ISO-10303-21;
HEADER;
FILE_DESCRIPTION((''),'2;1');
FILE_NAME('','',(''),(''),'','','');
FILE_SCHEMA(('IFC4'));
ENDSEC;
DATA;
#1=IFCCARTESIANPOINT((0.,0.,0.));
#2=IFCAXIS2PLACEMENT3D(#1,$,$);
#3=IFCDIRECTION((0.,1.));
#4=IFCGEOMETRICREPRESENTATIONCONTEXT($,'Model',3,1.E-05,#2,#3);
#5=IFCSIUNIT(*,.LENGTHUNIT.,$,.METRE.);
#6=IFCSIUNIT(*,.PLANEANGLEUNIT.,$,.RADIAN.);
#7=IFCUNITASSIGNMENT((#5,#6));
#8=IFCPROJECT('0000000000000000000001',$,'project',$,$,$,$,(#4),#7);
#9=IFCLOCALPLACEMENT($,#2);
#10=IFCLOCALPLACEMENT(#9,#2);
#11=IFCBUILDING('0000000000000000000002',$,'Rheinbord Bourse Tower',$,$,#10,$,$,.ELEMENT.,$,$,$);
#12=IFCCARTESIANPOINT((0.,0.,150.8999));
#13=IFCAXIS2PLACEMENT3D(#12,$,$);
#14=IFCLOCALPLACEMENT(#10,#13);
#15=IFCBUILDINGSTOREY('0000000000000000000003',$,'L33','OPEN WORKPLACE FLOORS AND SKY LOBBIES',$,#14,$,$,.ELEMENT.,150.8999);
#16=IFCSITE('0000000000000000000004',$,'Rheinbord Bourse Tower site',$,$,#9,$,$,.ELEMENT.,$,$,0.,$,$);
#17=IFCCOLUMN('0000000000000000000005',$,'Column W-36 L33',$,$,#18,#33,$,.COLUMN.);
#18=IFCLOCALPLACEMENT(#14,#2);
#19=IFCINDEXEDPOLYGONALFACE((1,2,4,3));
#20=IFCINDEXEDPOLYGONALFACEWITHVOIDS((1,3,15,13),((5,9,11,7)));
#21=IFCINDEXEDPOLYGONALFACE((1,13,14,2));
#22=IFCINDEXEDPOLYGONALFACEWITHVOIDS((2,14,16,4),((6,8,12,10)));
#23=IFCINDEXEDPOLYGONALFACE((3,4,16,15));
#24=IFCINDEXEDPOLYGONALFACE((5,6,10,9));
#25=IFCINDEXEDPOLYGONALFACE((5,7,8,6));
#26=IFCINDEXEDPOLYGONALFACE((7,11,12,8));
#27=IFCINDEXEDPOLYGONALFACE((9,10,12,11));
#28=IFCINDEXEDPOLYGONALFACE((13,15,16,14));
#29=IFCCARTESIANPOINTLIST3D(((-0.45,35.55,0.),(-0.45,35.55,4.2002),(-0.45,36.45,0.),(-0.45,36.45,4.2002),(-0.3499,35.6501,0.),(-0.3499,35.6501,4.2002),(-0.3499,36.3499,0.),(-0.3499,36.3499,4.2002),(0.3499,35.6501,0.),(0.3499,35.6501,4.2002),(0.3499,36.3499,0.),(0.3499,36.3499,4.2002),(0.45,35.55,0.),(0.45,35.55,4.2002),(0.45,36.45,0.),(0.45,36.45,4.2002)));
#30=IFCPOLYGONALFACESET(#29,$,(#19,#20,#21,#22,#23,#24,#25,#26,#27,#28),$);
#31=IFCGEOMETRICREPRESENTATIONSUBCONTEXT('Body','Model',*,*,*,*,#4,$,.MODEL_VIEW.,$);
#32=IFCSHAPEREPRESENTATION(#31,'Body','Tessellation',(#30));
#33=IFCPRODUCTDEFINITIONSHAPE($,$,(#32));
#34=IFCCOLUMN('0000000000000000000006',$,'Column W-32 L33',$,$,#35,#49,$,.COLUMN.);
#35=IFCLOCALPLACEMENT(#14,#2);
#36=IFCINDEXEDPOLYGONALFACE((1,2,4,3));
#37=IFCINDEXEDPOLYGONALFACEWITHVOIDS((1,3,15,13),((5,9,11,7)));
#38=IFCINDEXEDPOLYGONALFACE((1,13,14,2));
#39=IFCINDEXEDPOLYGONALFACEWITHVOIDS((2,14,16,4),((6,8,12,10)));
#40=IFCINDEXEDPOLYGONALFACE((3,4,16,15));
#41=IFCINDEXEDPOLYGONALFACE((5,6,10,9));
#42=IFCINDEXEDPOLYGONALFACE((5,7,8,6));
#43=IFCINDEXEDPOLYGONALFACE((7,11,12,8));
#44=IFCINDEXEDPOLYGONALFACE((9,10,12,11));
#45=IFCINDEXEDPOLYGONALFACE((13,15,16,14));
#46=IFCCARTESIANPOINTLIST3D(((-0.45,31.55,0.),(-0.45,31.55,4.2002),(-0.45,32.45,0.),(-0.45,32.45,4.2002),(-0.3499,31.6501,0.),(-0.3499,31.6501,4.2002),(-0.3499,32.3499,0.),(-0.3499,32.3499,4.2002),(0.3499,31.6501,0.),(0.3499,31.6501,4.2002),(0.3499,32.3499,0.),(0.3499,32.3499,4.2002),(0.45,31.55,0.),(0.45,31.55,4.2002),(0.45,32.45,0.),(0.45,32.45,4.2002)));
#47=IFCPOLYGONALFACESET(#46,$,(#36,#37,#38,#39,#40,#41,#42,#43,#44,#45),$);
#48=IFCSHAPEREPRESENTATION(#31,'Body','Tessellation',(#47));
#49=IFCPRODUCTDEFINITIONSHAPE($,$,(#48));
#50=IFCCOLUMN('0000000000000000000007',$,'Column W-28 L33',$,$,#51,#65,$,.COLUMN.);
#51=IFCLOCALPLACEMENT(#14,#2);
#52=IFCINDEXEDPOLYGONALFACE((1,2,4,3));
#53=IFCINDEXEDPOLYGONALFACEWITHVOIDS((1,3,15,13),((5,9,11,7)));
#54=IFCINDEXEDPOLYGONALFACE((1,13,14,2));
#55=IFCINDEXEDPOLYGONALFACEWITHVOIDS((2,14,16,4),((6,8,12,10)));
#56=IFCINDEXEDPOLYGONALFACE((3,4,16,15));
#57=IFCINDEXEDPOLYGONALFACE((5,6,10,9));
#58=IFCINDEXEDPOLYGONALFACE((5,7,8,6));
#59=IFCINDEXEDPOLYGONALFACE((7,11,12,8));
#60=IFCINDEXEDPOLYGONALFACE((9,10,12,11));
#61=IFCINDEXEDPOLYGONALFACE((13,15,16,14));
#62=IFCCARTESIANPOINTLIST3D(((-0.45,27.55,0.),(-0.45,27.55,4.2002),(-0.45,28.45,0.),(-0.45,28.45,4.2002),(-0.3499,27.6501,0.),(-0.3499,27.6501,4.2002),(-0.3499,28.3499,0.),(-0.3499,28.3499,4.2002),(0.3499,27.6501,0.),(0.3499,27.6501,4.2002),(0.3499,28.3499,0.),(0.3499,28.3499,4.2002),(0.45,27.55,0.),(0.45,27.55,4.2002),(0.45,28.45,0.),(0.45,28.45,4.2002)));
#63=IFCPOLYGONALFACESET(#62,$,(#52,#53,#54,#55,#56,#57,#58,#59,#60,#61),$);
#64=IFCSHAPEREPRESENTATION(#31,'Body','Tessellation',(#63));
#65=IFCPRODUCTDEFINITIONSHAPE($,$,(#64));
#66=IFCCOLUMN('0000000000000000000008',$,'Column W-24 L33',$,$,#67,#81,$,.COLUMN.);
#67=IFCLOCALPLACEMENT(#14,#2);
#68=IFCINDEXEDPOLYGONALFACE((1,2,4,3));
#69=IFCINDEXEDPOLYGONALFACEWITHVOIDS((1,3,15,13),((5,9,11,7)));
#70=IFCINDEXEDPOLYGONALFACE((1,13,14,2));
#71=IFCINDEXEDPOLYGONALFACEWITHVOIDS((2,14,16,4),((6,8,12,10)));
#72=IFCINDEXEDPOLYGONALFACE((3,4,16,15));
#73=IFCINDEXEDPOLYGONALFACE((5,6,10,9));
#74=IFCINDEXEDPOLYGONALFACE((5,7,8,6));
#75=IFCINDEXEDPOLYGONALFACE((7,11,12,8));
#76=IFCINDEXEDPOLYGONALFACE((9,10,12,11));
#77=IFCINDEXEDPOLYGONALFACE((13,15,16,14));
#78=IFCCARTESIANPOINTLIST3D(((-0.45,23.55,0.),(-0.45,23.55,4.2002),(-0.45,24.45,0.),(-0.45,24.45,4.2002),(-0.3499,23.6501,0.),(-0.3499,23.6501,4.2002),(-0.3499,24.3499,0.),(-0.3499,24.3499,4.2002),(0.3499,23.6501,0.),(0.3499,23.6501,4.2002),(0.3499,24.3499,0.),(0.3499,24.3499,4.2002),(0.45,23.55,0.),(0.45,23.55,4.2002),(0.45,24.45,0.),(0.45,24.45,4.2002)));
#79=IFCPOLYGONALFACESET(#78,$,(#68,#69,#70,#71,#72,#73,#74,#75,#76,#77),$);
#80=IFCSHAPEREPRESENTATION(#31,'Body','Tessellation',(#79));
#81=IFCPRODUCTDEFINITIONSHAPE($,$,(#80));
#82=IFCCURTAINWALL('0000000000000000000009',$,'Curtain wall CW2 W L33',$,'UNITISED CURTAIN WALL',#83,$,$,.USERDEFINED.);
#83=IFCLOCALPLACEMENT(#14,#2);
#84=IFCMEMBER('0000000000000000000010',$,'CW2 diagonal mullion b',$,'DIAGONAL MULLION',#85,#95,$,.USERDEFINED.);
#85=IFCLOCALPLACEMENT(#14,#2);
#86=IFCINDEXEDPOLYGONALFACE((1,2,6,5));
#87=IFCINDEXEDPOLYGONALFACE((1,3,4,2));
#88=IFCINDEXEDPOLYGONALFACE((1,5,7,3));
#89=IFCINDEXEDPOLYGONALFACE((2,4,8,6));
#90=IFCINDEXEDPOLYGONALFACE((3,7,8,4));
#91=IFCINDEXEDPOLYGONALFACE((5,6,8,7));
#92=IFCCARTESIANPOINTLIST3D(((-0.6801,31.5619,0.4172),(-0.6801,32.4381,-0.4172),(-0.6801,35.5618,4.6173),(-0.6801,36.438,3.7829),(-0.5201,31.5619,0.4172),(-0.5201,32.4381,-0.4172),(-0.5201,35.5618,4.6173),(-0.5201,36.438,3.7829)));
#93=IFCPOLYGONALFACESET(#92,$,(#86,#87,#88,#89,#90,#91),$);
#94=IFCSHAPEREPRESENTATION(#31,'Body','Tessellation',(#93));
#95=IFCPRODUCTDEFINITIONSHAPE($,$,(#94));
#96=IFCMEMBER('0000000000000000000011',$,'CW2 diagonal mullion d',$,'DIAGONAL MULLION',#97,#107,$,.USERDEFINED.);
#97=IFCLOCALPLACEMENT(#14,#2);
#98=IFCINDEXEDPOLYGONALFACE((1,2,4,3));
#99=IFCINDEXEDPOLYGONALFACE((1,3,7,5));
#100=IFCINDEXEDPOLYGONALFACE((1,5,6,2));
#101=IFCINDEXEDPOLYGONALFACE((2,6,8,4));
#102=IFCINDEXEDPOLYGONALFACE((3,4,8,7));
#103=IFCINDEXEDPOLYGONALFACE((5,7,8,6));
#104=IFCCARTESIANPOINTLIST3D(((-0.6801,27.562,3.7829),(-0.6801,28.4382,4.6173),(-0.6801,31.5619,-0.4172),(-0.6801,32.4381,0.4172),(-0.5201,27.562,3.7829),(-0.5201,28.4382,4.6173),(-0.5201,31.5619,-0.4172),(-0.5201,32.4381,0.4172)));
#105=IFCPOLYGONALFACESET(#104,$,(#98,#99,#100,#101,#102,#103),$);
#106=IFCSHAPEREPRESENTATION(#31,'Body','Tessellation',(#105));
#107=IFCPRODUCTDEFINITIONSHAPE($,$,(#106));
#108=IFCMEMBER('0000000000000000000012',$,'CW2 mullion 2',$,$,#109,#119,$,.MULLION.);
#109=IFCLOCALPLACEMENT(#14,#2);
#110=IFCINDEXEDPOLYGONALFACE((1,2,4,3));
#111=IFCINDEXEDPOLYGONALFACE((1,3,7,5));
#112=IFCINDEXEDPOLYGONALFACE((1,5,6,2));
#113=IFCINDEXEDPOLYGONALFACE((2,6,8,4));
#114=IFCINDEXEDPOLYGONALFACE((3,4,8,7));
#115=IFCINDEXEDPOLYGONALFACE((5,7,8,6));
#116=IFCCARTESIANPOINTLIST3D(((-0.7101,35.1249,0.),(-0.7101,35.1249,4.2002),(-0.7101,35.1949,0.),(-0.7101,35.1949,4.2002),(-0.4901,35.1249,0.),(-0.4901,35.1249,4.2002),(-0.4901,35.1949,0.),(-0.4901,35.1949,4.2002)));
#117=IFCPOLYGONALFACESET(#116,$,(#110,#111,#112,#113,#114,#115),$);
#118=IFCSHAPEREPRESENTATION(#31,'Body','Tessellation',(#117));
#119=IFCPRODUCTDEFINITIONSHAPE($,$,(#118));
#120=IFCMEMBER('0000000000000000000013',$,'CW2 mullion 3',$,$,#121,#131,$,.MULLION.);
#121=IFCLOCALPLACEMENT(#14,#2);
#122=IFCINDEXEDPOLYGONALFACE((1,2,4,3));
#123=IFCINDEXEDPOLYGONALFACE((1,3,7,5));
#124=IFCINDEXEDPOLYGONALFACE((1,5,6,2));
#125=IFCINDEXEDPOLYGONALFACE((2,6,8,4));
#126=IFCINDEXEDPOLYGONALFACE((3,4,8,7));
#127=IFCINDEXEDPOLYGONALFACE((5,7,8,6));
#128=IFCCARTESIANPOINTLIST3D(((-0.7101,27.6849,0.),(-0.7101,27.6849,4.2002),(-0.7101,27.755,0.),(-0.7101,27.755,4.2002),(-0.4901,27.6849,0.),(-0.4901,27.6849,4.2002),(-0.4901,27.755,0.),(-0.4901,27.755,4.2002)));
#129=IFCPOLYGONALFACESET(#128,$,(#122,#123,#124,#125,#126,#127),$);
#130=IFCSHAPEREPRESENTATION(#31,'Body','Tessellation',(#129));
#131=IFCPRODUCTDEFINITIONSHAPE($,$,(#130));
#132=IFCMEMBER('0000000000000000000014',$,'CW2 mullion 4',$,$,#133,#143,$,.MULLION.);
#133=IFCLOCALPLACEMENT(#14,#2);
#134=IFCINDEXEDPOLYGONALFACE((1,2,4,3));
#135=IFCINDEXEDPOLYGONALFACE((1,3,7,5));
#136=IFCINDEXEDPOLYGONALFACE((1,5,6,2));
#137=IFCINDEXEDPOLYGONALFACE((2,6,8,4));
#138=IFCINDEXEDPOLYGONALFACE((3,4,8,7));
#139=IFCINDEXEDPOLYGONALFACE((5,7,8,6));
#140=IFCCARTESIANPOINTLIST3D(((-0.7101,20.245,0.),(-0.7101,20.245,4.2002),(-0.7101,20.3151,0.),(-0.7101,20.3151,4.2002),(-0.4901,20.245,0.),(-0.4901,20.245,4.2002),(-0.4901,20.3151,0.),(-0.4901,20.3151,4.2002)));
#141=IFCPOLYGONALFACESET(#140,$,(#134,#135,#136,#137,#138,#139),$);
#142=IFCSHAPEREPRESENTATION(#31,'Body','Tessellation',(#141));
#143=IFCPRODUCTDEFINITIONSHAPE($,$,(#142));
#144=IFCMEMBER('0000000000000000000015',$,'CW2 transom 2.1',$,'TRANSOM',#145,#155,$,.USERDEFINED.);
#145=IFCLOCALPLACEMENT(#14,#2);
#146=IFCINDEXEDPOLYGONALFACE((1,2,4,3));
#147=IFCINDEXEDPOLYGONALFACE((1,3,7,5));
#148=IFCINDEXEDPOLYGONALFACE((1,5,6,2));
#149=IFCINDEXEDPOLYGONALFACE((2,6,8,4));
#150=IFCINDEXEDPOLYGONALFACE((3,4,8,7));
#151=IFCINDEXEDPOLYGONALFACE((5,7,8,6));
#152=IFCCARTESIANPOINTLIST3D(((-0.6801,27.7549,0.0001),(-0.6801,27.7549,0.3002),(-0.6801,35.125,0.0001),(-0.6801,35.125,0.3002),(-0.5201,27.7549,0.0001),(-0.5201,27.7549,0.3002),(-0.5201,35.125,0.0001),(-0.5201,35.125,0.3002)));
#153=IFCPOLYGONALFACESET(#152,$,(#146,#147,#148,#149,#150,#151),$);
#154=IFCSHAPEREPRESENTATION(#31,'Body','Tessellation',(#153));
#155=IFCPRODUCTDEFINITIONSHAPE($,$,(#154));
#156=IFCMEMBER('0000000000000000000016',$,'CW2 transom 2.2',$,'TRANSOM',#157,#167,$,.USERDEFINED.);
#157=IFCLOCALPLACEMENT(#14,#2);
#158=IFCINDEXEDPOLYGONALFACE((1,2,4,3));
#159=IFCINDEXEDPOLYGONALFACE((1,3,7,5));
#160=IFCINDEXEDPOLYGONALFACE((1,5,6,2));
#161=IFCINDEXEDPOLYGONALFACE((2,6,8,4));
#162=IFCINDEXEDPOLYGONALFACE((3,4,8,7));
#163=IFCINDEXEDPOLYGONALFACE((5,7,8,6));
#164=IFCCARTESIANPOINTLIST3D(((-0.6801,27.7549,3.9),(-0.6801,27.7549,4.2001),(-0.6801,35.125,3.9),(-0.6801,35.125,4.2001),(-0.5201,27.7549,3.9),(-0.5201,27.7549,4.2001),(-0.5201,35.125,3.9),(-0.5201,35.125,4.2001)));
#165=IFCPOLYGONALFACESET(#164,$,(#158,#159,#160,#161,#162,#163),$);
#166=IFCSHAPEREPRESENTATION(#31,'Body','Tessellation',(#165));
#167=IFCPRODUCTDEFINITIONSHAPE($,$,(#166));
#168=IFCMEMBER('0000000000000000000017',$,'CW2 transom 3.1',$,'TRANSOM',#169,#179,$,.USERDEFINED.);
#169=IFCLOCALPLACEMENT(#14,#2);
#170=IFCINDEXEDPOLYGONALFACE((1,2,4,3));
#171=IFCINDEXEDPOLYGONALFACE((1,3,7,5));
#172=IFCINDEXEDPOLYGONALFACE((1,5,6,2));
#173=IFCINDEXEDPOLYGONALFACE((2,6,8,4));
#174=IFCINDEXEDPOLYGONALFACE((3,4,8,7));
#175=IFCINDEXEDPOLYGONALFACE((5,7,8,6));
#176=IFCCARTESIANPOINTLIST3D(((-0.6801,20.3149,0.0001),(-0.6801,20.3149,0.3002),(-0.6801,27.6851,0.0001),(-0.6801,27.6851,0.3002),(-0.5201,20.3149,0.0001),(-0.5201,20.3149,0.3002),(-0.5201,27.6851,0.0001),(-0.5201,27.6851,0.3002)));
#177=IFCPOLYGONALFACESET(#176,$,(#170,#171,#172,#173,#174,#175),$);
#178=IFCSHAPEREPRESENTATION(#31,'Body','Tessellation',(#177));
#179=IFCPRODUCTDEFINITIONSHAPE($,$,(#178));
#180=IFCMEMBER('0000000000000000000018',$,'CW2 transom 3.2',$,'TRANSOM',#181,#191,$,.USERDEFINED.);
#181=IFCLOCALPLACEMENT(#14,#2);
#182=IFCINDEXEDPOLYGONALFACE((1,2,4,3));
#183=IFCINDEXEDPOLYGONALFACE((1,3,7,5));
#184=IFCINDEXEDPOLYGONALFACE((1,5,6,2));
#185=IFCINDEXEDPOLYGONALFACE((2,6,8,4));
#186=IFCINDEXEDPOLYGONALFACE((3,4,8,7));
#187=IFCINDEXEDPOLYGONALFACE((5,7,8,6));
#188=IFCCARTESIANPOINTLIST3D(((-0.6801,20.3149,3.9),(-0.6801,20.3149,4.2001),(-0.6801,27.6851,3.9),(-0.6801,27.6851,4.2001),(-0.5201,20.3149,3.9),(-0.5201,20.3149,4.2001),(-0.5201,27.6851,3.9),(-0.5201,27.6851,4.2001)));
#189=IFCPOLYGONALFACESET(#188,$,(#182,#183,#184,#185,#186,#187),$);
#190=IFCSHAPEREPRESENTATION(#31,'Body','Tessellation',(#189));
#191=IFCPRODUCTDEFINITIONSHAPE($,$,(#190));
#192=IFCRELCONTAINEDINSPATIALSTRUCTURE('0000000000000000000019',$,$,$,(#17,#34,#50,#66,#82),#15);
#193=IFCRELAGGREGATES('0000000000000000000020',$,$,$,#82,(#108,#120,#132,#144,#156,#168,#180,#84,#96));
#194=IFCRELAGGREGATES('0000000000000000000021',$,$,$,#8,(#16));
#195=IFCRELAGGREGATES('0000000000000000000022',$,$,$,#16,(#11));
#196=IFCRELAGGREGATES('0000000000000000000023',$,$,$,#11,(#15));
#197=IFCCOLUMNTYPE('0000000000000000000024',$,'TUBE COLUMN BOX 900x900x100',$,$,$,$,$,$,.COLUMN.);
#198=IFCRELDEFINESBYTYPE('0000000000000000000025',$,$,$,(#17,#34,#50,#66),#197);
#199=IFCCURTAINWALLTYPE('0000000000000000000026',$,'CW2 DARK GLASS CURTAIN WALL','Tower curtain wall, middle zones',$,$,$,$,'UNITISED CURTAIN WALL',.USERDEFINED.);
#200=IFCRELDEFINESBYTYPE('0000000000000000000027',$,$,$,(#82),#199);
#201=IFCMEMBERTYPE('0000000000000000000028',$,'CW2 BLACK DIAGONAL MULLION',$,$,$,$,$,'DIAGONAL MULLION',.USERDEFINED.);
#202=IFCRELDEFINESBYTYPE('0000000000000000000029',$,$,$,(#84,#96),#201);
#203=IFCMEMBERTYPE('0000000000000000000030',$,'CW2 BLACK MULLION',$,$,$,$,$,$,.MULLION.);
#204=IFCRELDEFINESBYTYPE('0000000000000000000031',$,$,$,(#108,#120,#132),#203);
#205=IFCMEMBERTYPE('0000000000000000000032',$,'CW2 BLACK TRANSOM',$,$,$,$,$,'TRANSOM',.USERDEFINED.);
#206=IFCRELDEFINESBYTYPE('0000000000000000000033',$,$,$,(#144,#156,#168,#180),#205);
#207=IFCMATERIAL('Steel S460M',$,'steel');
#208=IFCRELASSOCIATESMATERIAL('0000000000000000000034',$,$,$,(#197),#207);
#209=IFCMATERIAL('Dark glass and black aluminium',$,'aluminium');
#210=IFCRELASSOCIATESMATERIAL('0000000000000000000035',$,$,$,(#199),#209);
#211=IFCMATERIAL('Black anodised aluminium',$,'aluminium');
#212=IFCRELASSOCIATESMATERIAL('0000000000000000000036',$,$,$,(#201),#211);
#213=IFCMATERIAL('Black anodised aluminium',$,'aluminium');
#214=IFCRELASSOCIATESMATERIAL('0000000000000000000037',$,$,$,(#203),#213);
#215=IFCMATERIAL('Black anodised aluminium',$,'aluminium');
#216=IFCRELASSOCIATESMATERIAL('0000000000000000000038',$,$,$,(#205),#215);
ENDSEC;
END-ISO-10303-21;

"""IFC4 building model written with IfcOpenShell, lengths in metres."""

from ifc_helpers import new_model, si_unit, direction, frame, origin, origin_2d, place, context, subcontext, project, spatial, rectangle, hollow_rectangle, extrude, material, material_profile, profile_set, type_object, element, aggregate, save


model = new_model("IFC4")

# Units and contexts
model_context = context("Model", 3, precision=1e-05, world=origin(), true_north=direction((0.0, 1.0)))
body_context = subcontext(model_context, "Body", "Model", "MODEL_VIEW")
ifc_project = project(units=[si_unit("LENGTHUNIT", "METRE"), si_unit("PLANEANGLEUNIT", "RADIAN")], contexts=[model_context])

# Site, building, storey
site_placement = place(None, origin())
site = spatial("IfcSite", under=ifc_project, at=site_placement, Name="Rheinbord Bourse Tower site", CompositionType="ELEMENT", RefElevation=0.0)
building_placement = place(site_placement, origin())
building = spatial("IfcBuilding", under=site, at=building_placement, Name="Rheinbord Bourse Tower", CompositionType="ELEMENT")
storey_placement = place(building_placement, frame((0.0, 0.0, 150.8999)))
storey = spatial("IfcBuildingStorey", under=building, at=storey_placement, Name="L33", Description="OPEN WORKPLACE FLOORS AND SKY LOBBIES", CompositionType="ELEMENT", Elevation=150.8999)

# Columns
ifc_material_1 = material(Name="Steel S460M", Category="steel")
ifc_material_profile_1 = material_profile(ifc_material_1, hollow_rectangle(XDim=0.8999, YDim=0.8999, WallThickness=0.1001, at=origin_2d()), Name="BOX 900x900x100")
ifc_profile_set_1 = profile_set([ifc_material_profile_1], Name="Steel S460M")
column_type = type_object("IfcColumnType", Name="TUBE COLUMN BOX 900x900x100", PredefinedType="COLUMN", material=ifc_profile_set_1)
for number, where, z_axis, x_axis, name in (
    (1, (0.0, 36.0, 0.0), (0.0, 0.0, 1.0), (1.0, 0.0, 0.0), "Column W-36 L33"),
    (2, (0.0, 32.0, 0.0), (0.0, 0.0, 1.0), (1.0, 0.0, 0.0), "Column W-32 L33"),
    (3, (0.0, 28.0, 0.0), (0.0, 0.0, 1.0), (1.0, 0.0, 0.0), "Column W-28 L33"),
    (4, (0.0, 24.0, 0.0), (0.0, 0.0, 1.0), (1.0, 0.0, 0.0), "Column W-24 L33"),
):
    element("IfcColumn", number, at=place(storey_placement, frame(where, z_axis=z_axis, x_axis=x_axis)), inside=storey, type_object=column_type, Name=name, PredefinedType="COLUMN", context=body_context, shape_type="SweptSolid", body=[
        extrude(hollow_rectangle(XDim=0.8999, YDim=0.8999, WallThickness=0.1001, at=origin_2d()), origin(), (0.0, 0.0, 1.0), 4.2002),
    ])

# Curtain wall, members
ifc_material_2 = material(Name="Dark glass and black aluminium", Category="aluminium")
curtain_wall_type = type_object("IfcCurtainWallType", Name="CW2 DARK GLASS CURTAIN WALL", Description="Tower curtain wall, middle zones", ElementType="UNITISED CURTAIN WALL", PredefinedType="USERDEFINED", material=ifc_material_2)
curtain_wall_placement = place(storey_placement, origin())
curtain_wall = element("IfcCurtainWall", 5, at=curtain_wall_placement, inside=storey, type_object=curtain_wall_type, Name="Curtain wall CW2 W L33", ObjectType="UNITISED CURTAIN WALL", PredefinedType="USERDEFINED")
ifc_material_3 = material(Name="Black anodised aluminium", Category="aluminium")
ifc_material_profile_2 = material_profile(ifc_material_3, rectangle(XDim=0.1599, YDim=1.21, at=origin_2d()), Name="CW2 DIAGONAL MULLION 1210x160")
ifc_profile_set_2 = profile_set([ifc_material_profile_2], Name="Black anodised aluminium")
member_type_1 = type_object("IfcMemberType", Name="CW2 BLACK DIAGONAL MULLION", ElementType="DIAGONAL MULLION", PredefinedType="USERDEFINED", material=ifc_profile_set_2)
member_1_placement = place(storey_placement, frame((-0.6001, 32.0, 0.0), z_axis=(0.0, 0.689638, 0.724154), x_axis=(-1.0, 0.0, 0.0)))
member_1 = element("IfcMember", 6, at=member_1_placement, type_object=member_type_1, Name="CW2 diagonal mullion b", ObjectType="DIAGONAL MULLION", PredefinedType="USERDEFINED", context=body_context, shape_type="SweptSolid", body=[
    extrude(rectangle(XDim=0.1599, YDim=1.21, at=origin_2d()), origin(), (0.0, 0.0, 1.0), 5.8),
])
member_2_placement = place(storey_placement, frame((-0.6001, 32.0, 0.0), z_axis=(0.0, -0.689638, 0.724154), x_axis=(1.0, 0.0, 0.0)))
member_2 = element("IfcMember", 7, at=member_2_placement, type_object=member_type_1, Name="CW2 diagonal mullion d", ObjectType="DIAGONAL MULLION", PredefinedType="USERDEFINED", context=body_context, shape_type="SweptSolid", body=[
    extrude(rectangle(XDim=0.1599, YDim=1.21, at=origin_2d()), origin(), (0.0, 0.0, 1.0), 5.8),
])
ifc_material_4 = material(Name="Black anodised aluminium", Category="aluminium")
ifc_material_profile_3 = material_profile(ifc_material_4, rectangle(XDim=0.22, YDim=0.0701, at=origin_2d()), Name="CW2 MULLION 70x220")
ifc_profile_set_3 = profile_set([ifc_material_profile_3], Name="Black anodised aluminium")
member_type_2 = type_object("IfcMemberType", Name="CW2 BLACK MULLION", PredefinedType="MULLION", material=ifc_profile_set_3)
member_3_placement = place(storey_placement, frame((-0.6001, 35.1599, 0.0), z_axis=(0.0, 0.0, 1.0), x_axis=(1.0, 0.0, 0.0)))
member_3 = element("IfcMember", 8, at=member_3_placement, type_object=member_type_2, Name="CW2 mullion 2", PredefinedType="MULLION", context=body_context, shape_type="SweptSolid", body=[
    extrude(rectangle(XDim=0.22, YDim=0.0701, at=origin_2d()), origin(), (0.0, 0.0, 1.0), 4.2002),
])
member_4_placement = place(storey_placement, frame((-0.6001, 27.72, 0.0), z_axis=(0.0, 0.0, 1.0), x_axis=(1.0, 0.0, 0.0)))
member_4 = element("IfcMember", 9, at=member_4_placement, type_object=member_type_2, Name="CW2 mullion 3", PredefinedType="MULLION", context=body_context, shape_type="SweptSolid", body=[
    extrude(rectangle(XDim=0.22, YDim=0.0701, at=origin_2d()), origin(), (0.0, 0.0, 1.0), 4.2002),
])
member_5_placement = place(storey_placement, frame((-0.6001, 20.28, 0.0), z_axis=(0.0, 0.0, 1.0), x_axis=(1.0, 0.0, 0.0)))
member_5 = element("IfcMember", 10, at=member_5_placement, type_object=member_type_2, Name="CW2 mullion 4", PredefinedType="MULLION", context=body_context, shape_type="SweptSolid", body=[
    extrude(rectangle(XDim=0.22, YDim=0.0701, at=origin_2d()), origin(), (0.0, 0.0, 1.0), 4.2002),
])
ifc_material_5 = material(Name="Black anodised aluminium", Category="aluminium")
ifc_material_profile_4 = material_profile(ifc_material_5, rectangle(XDim=0.1599, YDim=0.3, at=origin_2d()), Name="CW2 TRANSOM 300x160")
ifc_profile_set_4 = profile_set([ifc_material_profile_4], Name="Black anodised aluminium")
member_type_3 = type_object("IfcMemberType", Name="CW2 BLACK TRANSOM", ElementType="TRANSOM", PredefinedType="USERDEFINED", material=ifc_profile_set_4)
member_6_placement = place(storey_placement, frame((-0.6001, 35.125, 0.1501), z_axis=(0.0, -1.0, 0.0), x_axis=(1.0, 0.0, 0.0)))
member_6 = element("IfcMember", 11, at=member_6_placement, type_object=member_type_3, Name="CW2 transom 2.1", ObjectType="TRANSOM", PredefinedType="USERDEFINED", context=body_context, shape_type="SweptSolid", body=[
    extrude(rectangle(XDim=0.1599, YDim=0.3, at=origin_2d()), origin(), (0.0, 0.0, 1.0), 7.3701),
])
member_7_placement = place(storey_placement, frame((-0.6001, 35.125, 4.05), z_axis=(0.0, -1.0, 0.0), x_axis=(1.0, 0.0, 0.0)))
member_7 = element("IfcMember", 12, at=member_7_placement, type_object=member_type_3, Name="CW2 transom 2.2", ObjectType="TRANSOM", PredefinedType="USERDEFINED", context=body_context, shape_type="SweptSolid", body=[
    extrude(rectangle(XDim=0.1599, YDim=0.3, at=origin_2d()), origin(), (0.0, 0.0, 1.0), 7.3701),
])
member_8_placement = place(storey_placement, frame((-0.6001, 27.6851, 0.1501), z_axis=(0.0, -1.0, 0.0), x_axis=(1.0, 0.0, 0.0)))
member_8 = element("IfcMember", 13, at=member_8_placement, type_object=member_type_3, Name="CW2 transom 3.1", ObjectType="TRANSOM", PredefinedType="USERDEFINED", context=body_context, shape_type="SweptSolid", body=[
    extrude(rectangle(XDim=0.1599, YDim=0.3, at=origin_2d()), origin(), (0.0, 0.0, 1.0), 7.3701),
])
member_9_placement = place(storey_placement, frame((-0.6001, 27.6851, 4.05), z_axis=(0.0, -1.0, 0.0), x_axis=(1.0, 0.0, 0.0)))
member_9 = element("IfcMember", 14, at=member_9_placement, type_object=member_type_3, Name="CW2 transom 3.2", ObjectType="TRANSOM", PredefinedType="USERDEFINED", context=body_context, shape_type="SweptSolid", body=[
    extrude(rectangle(XDim=0.1599, YDim=0.3, at=origin_2d()), origin(), (0.0, 0.0, 1.0), 7.3701),
])

aggregate(curtain_wall, [member_3, member_4, member_5, member_6, member_7, member_8, member_9, member_1, member_2])

save(model, "model.ifc")
